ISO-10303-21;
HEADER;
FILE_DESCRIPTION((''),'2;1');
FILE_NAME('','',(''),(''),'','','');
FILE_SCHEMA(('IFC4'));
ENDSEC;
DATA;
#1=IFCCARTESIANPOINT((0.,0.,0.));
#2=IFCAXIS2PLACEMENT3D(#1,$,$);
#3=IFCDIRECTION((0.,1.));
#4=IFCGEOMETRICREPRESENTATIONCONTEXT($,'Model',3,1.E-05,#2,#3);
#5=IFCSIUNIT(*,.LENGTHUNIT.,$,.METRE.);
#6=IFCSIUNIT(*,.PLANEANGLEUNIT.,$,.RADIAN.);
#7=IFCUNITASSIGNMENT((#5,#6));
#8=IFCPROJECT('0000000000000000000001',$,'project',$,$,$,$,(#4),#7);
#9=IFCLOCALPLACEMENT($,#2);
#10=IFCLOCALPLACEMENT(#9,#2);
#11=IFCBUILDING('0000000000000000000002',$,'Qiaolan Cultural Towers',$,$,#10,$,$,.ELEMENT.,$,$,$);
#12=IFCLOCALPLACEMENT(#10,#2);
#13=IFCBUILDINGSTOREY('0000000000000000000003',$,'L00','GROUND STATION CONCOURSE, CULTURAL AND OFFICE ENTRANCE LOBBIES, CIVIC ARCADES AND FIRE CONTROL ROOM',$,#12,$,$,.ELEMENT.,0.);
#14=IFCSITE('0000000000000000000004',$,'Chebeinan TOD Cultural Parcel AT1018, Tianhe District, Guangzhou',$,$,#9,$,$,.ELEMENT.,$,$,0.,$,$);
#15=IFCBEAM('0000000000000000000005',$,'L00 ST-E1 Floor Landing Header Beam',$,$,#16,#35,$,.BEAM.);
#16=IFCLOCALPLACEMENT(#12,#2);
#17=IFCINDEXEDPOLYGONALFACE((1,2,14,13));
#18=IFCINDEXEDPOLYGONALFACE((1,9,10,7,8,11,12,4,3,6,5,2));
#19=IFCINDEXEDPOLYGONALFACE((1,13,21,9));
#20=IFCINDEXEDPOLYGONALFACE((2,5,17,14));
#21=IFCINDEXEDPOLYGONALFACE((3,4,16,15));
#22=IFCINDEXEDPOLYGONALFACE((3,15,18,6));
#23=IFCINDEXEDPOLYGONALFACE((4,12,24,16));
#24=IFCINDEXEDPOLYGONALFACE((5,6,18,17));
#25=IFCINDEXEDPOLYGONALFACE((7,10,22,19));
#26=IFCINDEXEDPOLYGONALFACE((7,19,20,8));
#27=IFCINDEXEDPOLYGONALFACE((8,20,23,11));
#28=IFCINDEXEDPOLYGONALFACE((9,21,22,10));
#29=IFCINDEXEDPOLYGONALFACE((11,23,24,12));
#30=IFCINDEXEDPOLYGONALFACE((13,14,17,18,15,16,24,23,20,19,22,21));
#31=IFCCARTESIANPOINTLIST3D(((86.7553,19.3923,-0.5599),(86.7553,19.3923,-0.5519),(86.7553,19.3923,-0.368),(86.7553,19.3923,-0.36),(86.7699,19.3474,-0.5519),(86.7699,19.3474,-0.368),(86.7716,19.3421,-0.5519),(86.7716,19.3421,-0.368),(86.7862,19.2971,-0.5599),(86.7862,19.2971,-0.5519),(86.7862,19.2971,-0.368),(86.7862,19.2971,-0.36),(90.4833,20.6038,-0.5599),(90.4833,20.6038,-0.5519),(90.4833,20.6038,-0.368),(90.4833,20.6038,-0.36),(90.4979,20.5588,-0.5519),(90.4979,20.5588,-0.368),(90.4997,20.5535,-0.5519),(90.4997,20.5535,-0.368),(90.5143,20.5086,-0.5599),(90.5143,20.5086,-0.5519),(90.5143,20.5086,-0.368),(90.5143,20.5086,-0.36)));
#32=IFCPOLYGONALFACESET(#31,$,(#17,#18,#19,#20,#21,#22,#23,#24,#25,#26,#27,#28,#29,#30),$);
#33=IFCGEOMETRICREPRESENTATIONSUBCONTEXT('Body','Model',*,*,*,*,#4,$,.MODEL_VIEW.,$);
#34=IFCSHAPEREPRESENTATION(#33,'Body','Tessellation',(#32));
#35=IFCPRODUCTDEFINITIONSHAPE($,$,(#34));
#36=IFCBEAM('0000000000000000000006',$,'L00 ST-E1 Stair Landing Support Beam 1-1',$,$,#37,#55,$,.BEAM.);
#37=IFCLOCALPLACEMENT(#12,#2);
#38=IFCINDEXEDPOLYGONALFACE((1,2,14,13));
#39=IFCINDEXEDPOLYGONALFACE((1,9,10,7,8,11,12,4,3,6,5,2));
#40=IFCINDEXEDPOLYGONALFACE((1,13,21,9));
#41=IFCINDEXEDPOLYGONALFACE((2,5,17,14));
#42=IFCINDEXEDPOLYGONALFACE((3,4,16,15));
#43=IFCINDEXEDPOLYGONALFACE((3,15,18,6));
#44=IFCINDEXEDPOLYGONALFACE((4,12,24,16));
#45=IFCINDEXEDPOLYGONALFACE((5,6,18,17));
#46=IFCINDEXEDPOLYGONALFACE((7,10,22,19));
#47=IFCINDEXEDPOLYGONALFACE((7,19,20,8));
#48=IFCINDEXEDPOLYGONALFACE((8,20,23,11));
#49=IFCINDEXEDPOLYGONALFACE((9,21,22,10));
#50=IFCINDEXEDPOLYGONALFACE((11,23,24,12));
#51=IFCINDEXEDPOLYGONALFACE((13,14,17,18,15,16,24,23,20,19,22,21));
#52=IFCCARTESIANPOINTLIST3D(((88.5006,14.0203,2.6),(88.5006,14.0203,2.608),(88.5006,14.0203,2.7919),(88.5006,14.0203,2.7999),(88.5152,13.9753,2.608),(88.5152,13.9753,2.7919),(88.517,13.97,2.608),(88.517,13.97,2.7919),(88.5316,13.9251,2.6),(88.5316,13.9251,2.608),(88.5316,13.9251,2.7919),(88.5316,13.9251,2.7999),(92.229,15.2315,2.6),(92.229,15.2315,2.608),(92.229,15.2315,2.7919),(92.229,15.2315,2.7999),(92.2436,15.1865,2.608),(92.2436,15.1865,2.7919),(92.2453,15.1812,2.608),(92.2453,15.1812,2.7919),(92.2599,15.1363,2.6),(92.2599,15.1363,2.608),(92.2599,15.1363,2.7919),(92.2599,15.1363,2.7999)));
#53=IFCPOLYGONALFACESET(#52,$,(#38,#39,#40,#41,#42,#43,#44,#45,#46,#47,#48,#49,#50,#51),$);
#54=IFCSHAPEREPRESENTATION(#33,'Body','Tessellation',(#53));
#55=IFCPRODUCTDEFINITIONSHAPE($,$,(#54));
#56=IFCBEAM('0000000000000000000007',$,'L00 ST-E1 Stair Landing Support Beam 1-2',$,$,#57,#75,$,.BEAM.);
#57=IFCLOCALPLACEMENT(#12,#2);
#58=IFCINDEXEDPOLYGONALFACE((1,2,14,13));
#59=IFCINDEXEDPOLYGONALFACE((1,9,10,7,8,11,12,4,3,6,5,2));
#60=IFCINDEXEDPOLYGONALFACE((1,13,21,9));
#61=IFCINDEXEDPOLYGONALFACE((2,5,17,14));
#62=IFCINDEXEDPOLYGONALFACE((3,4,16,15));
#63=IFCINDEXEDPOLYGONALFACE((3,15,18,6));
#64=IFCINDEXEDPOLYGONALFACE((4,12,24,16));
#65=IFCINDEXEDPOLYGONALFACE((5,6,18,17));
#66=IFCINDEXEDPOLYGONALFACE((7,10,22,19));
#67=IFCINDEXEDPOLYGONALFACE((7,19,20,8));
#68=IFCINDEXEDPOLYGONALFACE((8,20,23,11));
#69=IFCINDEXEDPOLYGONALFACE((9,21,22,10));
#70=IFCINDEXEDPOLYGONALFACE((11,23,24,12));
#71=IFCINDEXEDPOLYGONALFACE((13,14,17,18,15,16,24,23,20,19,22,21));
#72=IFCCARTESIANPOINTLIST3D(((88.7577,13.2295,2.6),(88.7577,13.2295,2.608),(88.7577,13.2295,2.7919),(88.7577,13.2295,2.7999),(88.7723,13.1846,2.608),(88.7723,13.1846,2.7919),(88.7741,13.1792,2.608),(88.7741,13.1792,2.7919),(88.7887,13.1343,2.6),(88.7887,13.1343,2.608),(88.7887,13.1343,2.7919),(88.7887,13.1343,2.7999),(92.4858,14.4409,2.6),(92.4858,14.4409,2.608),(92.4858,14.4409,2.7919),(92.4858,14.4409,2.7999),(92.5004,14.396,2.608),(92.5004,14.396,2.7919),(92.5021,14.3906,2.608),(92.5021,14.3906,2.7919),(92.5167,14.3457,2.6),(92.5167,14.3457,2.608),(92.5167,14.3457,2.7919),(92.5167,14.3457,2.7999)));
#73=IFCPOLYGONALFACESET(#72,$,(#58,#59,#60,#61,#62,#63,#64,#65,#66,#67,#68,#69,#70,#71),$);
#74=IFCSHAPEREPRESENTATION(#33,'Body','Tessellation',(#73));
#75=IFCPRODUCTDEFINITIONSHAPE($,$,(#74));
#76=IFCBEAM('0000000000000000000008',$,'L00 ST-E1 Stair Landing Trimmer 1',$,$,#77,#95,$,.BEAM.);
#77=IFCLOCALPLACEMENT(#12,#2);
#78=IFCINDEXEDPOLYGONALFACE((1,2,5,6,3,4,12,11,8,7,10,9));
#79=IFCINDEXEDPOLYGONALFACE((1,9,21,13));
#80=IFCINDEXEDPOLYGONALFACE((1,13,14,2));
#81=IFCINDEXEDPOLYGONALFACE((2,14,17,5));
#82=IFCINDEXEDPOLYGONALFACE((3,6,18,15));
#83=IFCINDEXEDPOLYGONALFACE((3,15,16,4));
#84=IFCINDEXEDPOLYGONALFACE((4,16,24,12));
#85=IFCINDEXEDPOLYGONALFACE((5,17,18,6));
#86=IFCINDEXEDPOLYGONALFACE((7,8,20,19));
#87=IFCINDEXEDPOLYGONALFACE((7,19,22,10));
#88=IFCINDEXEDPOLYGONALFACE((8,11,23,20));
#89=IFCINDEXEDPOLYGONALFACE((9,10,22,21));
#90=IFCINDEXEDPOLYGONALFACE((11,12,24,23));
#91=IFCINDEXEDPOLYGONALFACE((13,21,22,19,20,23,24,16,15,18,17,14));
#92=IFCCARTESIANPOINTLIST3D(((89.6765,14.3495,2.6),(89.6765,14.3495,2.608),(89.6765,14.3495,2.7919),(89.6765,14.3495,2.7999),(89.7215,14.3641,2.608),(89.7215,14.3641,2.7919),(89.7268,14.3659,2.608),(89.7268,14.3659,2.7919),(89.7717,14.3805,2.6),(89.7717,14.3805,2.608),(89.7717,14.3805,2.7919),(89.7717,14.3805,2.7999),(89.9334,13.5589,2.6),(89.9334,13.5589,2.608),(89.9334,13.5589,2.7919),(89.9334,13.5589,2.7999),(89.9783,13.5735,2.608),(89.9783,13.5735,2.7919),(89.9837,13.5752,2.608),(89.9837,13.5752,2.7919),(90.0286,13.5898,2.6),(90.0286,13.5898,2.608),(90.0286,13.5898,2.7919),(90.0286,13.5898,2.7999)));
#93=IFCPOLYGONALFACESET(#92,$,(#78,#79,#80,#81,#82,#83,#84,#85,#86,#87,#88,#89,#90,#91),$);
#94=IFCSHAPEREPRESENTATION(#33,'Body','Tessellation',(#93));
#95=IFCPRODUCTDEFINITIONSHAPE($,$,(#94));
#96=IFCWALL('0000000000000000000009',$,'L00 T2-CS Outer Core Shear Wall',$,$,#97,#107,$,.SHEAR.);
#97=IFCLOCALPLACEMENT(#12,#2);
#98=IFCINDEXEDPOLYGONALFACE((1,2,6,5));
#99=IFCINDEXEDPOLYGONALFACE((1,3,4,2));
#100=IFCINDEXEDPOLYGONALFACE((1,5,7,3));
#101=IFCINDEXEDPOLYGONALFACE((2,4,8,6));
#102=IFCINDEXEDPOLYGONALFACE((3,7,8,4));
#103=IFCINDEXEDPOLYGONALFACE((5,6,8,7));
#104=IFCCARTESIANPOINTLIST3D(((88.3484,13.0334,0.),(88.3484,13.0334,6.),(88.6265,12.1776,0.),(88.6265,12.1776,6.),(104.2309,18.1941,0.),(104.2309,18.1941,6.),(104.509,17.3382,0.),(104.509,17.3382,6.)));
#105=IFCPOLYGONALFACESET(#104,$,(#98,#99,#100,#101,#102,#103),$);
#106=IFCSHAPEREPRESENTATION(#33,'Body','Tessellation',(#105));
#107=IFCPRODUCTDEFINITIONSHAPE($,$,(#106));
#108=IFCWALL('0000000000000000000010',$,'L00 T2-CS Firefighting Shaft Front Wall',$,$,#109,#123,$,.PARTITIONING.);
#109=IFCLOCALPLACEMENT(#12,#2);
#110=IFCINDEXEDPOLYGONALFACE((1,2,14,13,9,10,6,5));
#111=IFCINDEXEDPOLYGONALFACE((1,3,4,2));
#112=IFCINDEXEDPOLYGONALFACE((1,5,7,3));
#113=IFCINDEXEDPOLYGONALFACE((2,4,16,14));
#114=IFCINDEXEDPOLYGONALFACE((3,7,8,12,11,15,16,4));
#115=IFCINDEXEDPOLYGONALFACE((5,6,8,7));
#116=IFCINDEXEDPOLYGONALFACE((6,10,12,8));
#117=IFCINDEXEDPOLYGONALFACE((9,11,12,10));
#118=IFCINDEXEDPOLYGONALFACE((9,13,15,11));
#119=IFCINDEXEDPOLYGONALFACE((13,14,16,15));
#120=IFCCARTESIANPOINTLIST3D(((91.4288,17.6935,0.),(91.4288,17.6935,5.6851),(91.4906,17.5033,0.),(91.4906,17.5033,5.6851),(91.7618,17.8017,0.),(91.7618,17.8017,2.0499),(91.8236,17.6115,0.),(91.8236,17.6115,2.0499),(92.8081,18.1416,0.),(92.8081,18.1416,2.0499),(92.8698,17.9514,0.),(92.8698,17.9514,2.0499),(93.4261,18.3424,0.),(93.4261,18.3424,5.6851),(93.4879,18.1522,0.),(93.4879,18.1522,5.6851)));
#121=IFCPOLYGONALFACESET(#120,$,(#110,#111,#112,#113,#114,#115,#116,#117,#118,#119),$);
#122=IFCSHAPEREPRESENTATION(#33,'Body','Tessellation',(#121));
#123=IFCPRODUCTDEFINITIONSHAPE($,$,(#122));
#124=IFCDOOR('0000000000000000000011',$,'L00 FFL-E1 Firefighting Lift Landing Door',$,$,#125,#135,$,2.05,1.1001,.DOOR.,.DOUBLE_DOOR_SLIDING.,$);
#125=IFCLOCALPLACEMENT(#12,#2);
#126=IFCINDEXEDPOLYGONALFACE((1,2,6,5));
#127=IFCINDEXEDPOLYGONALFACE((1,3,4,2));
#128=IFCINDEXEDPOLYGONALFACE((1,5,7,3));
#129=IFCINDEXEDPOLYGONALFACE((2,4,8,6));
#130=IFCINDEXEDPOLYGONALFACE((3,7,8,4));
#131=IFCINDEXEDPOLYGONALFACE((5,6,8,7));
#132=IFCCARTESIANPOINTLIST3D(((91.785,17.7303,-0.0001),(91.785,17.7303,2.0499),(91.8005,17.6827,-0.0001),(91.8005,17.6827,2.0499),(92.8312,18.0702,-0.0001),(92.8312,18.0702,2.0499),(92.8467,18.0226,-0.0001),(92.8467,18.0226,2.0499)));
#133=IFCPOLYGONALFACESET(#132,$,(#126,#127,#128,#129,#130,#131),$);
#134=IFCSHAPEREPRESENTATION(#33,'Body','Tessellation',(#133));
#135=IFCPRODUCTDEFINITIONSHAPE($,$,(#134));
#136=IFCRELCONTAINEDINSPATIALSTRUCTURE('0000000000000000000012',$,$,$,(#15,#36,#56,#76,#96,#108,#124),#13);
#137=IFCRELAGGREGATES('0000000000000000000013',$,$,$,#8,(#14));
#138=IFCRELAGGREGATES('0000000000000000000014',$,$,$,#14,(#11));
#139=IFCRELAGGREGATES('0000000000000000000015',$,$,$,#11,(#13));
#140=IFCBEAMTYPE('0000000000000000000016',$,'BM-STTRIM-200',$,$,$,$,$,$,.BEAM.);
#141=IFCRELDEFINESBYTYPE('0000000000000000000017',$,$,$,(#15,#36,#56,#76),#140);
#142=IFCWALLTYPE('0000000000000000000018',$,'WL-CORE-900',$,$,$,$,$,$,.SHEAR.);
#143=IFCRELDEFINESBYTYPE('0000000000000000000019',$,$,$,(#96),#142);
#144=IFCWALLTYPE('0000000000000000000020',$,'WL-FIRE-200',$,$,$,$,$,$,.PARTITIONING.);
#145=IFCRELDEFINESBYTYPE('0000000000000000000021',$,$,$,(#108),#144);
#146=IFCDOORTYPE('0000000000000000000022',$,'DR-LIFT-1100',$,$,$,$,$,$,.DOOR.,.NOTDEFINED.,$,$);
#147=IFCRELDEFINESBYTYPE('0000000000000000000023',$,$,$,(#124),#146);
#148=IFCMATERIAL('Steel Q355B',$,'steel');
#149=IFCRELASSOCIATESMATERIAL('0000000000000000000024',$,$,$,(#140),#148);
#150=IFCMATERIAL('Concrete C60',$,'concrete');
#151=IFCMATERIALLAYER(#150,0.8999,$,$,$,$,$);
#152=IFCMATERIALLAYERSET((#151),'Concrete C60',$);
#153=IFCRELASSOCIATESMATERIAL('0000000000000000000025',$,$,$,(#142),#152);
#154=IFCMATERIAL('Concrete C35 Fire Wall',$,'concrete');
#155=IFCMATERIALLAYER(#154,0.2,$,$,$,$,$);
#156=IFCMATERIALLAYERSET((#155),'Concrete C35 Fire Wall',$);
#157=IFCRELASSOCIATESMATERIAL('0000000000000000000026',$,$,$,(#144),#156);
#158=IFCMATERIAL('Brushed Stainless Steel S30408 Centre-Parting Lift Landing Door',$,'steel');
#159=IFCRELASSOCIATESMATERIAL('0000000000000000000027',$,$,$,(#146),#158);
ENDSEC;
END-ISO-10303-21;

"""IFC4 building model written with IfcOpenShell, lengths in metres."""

from ifc_helpers import new_model, si_unit, direction, frame, frame_2d, origin, origin_2d, place, context, subcontext, project, spatial, rectangle, i_section, extrude, material, layer, layer_set, material_profile, profile_set, type_object, element, fill, save


model = new_model("IFC4")

# Units and contexts
model_context = context("Model", 3, precision=1e-05, world=origin(), true_north=direction((0.0, 1.0)))
body_context = subcontext(model_context, "Body", "Model", "MODEL_VIEW")
ifc_project = project(units=[si_unit("LENGTHUNIT", "METRE"), si_unit("PLANEANGLEUNIT", "RADIAN")], contexts=[model_context])

# Site, building, storey
site_placement = place(None, origin())
site = spatial("IfcSite", under=ifc_project, at=site_placement, Name="Chebeinan TOD Cultural Parcel AT1018, Tianhe District, Guangzhou", CompositionType="ELEMENT", RefElevation=0.0)
building_placement = place(site_placement, origin())
building = spatial("IfcBuilding", under=site, at=building_placement, Name="Qiaolan Cultural Towers", CompositionType="ELEMENT")
storey_placement = place(building_placement, origin())
storey = spatial("IfcBuildingStorey", under=building, at=storey_placement, Name="L00", Description="GROUND STATION CONCOURSE, CULTURAL AND OFFICE ENTRANCE LOBBIES, CIVIC ARCADES AND FIRE CONTROL ROOM", CompositionType="ELEMENT", Elevation=0.0)

# Beams
ifc_material_1 = material(Name="Steel Q355B", Category="steel")
ifc_material_profile = material_profile(ifc_material_1, i_section(OverallWidth=0.1001, OverallDepth=0.2, WebThickness=0.0056, FlangeThickness=0.0081, at=origin_2d()), Name="HN200x100x5.5x8")
ifc_profile_set = profile_set([ifc_material_profile], Name="Steel Q355B")
beam_type = type_object("IfcBeamType", Name="BM-STTRIM-200", PredefinedType="BEAM", material=ifc_profile_set)
beam_1_placement = place(storey_placement, frame((86.7708, 19.3447, -0.46), z_axis=(0.951048, 0.309044, 0.0), x_axis=(-0.309044, 0.951048, 0.0)))
element("IfcBeam", 1, at=beam_1_placement, inside=storey, type_object=beam_type, Name="L00 ST-E1 Floor Landing Header Beam", PredefinedType="BEAM", context=body_context, shape_type="SweptSolid", body=[
    extrude(i_section(OverallWidth=0.1001, OverallDepth=0.2, WebThickness=0.0056, FlangeThickness=0.0081, at=origin_2d()), origin(), (0.0, 0.0, 1.0), 3.9199),
])
beam_2_placement = place(storey_placement, frame((88.5161, 13.9727, 2.7), z_axis=(0.951072, 0.308969, 0.0), x_axis=(-0.308969, 0.951072, 0.0)))
element("IfcBeam", 2, at=beam_2_placement, inside=storey, type_object=beam_type, Name="L00 ST-E1 Stair Landing Support Beam 1-1", PredefinedType="BEAM", context=body_context, shape_type="SweptSolid", body=[
    extrude(i_section(OverallWidth=0.1001, OverallDepth=0.2, WebThickness=0.0056, FlangeThickness=0.0081, at=origin_2d()), origin(), (0.0, 0.0, 1.0), 3.9202),
])
beam_3_placement = place(storey_placement, frame((88.7732, 13.1819, 2.7), z_axis=(0.951048, 0.309044, 0.0), x_axis=(-0.309044, 0.951048, 0.0)))
element("IfcBeam", 3, at=beam_3_placement, inside=storey, type_object=beam_type, Name="L00 ST-E1 Stair Landing Support Beam 1-2", PredefinedType="BEAM", context=body_context, shape_type="SweptSolid", body=[
    extrude(i_section(OverallWidth=0.1001, OverallDepth=0.2, WebThickness=0.0056, FlangeThickness=0.0081, at=origin_2d()), origin(), (0.0, 0.0, 1.0), 3.9199),
])
beam_4_placement = place(storey_placement, frame((89.7241, 14.365, 2.7), z_axis=(0.308993, -0.951064, 0.0), x_axis=(0.951064, 0.308993, 0.0)))
element("IfcBeam", 4, at=beam_4_placement, inside=storey, type_object=beam_type, Name="L00 ST-E1 Stair Landing Trimmer 1", PredefinedType="BEAM", context=body_context, shape_type="SweptSolid", body=[
    extrude(i_section(OverallWidth=0.1001, OverallDepth=0.2, WebThickness=0.0056, FlangeThickness=0.0081, at=origin_2d()), origin(), (0.0, 0.0, 1.0), 0.8313),
])

# Wall
ifc_material_2 = material(Name="Concrete C60", Category="concrete")
ifc_layer_1 = layer(ifc_material_2, 0.8999)
ifc_layer_set_1 = layer_set([ifc_layer_1], Name="Concrete C60")
wall_type_1 = type_object("IfcWallType", Name="WL-CORE-900", PredefinedType="SHEAR", material=ifc_layer_set_1)
wall_1_placement = place(storey_placement, frame((88.4873, 12.6055, 0.0), z_axis=(0.0, 0.0, 1.0), x_axis=(0.951055, 0.309022, 0.0)))
element("IfcWall", 5, at=wall_1_placement, inside=storey, type_object=wall_type_1, Name="L00 T2-CS Outer Core Shear Wall", PredefinedType="SHEAR", context=body_context, shape_type="SweptSolid", body=[
    extrude(rectangle(XDim=16.7, YDim=0.8999, at=frame_2d((8.3501, 0.0))), origin(), (0.0, 0.0, 1.0), 6.0),
])

# Wall, opening, door
ifc_material_3 = material(Name="Concrete C35 Fire Wall", Category="concrete")
ifc_layer_2 = layer(ifc_material_3, 0.2)
ifc_layer_set_2 = layer_set([ifc_layer_2], Name="Concrete C35 Fire Wall")
wall_type_2 = type_object("IfcWallType", Name="WL-FIRE-200", PredefinedType="PARTITIONING", material=ifc_layer_set_2)
wall_2_placement = place(storey_placement, frame((91.4597, 17.5984, 0.0), z_axis=(0.0, 0.0, 1.0), x_axis=(0.951062, 0.308999, 0.0)))
wall_2 = element("IfcWall", 6, at=wall_2_placement, inside=storey, type_object=wall_type_2, Name="L00 T2-CS Firefighting Shaft Front Wall", PredefinedType="PARTITIONING", context=body_context, shape_type="SweptSolid", body=[
    extrude(rectangle(XDim=2.1001, YDim=0.2, at=frame_2d((1.05, 0.0))), origin(), (0.0, 0.0, 1.0), 5.6851),
])
opening_placement = place(wall_2_placement, frame((0.3501, 0.0, 0.0)))
opening = element("IfcOpeningElement", 7, at=opening_placement, cuts=wall_2, PredefinedType="OPENING", context=body_context, shape_type="SweptSolid", body=[
    extrude(rectangle(XDim=1.1001, YDim=2.05, at=frame_2d((0.55, 1.0249))), frame((0.0, 0.1099, 0.0), z_axis=(0.0, -1.0, 0.0), x_axis=(1.0, 0.0, 0.0)), (0.0, 0.0, 1.0), 0.22),
])
ifc_material_4 = material(Name="Brushed Stainless Steel S30408 Centre-Parting Lift Landing Door", Category="steel")
door_type = type_object("IfcDoorType", Name="DR-LIFT-1100", OperationType="NOTDEFINED", PredefinedType="DOOR", material=ifc_material_4)
door_placement = place(opening_placement, origin())
door = element("IfcDoor", 8, at=door_placement, inside=storey, type_object=door_type, Name="L00 FFL-E1 Firefighting Lift Landing Door", OperationType="DOUBLE_DOOR_SLIDING", OverallHeight=2.05, OverallWidth=1.1001, PredefinedType="DOOR", context=body_context, shape_type="SweptSolid", body=[
    extrude(rectangle(XDim=1.1001, YDim=2.05, at=frame_2d((0.55, 1.0249))), frame((0.0, 0.0249, 0.0), z_axis=(0.0, -1.0, 0.0), x_axis=(1.0, 0.0, 0.0)), (0.0, 0.0, 1.0), 0.05),
])
fill(opening, door)

save(model, "model.ifc")
